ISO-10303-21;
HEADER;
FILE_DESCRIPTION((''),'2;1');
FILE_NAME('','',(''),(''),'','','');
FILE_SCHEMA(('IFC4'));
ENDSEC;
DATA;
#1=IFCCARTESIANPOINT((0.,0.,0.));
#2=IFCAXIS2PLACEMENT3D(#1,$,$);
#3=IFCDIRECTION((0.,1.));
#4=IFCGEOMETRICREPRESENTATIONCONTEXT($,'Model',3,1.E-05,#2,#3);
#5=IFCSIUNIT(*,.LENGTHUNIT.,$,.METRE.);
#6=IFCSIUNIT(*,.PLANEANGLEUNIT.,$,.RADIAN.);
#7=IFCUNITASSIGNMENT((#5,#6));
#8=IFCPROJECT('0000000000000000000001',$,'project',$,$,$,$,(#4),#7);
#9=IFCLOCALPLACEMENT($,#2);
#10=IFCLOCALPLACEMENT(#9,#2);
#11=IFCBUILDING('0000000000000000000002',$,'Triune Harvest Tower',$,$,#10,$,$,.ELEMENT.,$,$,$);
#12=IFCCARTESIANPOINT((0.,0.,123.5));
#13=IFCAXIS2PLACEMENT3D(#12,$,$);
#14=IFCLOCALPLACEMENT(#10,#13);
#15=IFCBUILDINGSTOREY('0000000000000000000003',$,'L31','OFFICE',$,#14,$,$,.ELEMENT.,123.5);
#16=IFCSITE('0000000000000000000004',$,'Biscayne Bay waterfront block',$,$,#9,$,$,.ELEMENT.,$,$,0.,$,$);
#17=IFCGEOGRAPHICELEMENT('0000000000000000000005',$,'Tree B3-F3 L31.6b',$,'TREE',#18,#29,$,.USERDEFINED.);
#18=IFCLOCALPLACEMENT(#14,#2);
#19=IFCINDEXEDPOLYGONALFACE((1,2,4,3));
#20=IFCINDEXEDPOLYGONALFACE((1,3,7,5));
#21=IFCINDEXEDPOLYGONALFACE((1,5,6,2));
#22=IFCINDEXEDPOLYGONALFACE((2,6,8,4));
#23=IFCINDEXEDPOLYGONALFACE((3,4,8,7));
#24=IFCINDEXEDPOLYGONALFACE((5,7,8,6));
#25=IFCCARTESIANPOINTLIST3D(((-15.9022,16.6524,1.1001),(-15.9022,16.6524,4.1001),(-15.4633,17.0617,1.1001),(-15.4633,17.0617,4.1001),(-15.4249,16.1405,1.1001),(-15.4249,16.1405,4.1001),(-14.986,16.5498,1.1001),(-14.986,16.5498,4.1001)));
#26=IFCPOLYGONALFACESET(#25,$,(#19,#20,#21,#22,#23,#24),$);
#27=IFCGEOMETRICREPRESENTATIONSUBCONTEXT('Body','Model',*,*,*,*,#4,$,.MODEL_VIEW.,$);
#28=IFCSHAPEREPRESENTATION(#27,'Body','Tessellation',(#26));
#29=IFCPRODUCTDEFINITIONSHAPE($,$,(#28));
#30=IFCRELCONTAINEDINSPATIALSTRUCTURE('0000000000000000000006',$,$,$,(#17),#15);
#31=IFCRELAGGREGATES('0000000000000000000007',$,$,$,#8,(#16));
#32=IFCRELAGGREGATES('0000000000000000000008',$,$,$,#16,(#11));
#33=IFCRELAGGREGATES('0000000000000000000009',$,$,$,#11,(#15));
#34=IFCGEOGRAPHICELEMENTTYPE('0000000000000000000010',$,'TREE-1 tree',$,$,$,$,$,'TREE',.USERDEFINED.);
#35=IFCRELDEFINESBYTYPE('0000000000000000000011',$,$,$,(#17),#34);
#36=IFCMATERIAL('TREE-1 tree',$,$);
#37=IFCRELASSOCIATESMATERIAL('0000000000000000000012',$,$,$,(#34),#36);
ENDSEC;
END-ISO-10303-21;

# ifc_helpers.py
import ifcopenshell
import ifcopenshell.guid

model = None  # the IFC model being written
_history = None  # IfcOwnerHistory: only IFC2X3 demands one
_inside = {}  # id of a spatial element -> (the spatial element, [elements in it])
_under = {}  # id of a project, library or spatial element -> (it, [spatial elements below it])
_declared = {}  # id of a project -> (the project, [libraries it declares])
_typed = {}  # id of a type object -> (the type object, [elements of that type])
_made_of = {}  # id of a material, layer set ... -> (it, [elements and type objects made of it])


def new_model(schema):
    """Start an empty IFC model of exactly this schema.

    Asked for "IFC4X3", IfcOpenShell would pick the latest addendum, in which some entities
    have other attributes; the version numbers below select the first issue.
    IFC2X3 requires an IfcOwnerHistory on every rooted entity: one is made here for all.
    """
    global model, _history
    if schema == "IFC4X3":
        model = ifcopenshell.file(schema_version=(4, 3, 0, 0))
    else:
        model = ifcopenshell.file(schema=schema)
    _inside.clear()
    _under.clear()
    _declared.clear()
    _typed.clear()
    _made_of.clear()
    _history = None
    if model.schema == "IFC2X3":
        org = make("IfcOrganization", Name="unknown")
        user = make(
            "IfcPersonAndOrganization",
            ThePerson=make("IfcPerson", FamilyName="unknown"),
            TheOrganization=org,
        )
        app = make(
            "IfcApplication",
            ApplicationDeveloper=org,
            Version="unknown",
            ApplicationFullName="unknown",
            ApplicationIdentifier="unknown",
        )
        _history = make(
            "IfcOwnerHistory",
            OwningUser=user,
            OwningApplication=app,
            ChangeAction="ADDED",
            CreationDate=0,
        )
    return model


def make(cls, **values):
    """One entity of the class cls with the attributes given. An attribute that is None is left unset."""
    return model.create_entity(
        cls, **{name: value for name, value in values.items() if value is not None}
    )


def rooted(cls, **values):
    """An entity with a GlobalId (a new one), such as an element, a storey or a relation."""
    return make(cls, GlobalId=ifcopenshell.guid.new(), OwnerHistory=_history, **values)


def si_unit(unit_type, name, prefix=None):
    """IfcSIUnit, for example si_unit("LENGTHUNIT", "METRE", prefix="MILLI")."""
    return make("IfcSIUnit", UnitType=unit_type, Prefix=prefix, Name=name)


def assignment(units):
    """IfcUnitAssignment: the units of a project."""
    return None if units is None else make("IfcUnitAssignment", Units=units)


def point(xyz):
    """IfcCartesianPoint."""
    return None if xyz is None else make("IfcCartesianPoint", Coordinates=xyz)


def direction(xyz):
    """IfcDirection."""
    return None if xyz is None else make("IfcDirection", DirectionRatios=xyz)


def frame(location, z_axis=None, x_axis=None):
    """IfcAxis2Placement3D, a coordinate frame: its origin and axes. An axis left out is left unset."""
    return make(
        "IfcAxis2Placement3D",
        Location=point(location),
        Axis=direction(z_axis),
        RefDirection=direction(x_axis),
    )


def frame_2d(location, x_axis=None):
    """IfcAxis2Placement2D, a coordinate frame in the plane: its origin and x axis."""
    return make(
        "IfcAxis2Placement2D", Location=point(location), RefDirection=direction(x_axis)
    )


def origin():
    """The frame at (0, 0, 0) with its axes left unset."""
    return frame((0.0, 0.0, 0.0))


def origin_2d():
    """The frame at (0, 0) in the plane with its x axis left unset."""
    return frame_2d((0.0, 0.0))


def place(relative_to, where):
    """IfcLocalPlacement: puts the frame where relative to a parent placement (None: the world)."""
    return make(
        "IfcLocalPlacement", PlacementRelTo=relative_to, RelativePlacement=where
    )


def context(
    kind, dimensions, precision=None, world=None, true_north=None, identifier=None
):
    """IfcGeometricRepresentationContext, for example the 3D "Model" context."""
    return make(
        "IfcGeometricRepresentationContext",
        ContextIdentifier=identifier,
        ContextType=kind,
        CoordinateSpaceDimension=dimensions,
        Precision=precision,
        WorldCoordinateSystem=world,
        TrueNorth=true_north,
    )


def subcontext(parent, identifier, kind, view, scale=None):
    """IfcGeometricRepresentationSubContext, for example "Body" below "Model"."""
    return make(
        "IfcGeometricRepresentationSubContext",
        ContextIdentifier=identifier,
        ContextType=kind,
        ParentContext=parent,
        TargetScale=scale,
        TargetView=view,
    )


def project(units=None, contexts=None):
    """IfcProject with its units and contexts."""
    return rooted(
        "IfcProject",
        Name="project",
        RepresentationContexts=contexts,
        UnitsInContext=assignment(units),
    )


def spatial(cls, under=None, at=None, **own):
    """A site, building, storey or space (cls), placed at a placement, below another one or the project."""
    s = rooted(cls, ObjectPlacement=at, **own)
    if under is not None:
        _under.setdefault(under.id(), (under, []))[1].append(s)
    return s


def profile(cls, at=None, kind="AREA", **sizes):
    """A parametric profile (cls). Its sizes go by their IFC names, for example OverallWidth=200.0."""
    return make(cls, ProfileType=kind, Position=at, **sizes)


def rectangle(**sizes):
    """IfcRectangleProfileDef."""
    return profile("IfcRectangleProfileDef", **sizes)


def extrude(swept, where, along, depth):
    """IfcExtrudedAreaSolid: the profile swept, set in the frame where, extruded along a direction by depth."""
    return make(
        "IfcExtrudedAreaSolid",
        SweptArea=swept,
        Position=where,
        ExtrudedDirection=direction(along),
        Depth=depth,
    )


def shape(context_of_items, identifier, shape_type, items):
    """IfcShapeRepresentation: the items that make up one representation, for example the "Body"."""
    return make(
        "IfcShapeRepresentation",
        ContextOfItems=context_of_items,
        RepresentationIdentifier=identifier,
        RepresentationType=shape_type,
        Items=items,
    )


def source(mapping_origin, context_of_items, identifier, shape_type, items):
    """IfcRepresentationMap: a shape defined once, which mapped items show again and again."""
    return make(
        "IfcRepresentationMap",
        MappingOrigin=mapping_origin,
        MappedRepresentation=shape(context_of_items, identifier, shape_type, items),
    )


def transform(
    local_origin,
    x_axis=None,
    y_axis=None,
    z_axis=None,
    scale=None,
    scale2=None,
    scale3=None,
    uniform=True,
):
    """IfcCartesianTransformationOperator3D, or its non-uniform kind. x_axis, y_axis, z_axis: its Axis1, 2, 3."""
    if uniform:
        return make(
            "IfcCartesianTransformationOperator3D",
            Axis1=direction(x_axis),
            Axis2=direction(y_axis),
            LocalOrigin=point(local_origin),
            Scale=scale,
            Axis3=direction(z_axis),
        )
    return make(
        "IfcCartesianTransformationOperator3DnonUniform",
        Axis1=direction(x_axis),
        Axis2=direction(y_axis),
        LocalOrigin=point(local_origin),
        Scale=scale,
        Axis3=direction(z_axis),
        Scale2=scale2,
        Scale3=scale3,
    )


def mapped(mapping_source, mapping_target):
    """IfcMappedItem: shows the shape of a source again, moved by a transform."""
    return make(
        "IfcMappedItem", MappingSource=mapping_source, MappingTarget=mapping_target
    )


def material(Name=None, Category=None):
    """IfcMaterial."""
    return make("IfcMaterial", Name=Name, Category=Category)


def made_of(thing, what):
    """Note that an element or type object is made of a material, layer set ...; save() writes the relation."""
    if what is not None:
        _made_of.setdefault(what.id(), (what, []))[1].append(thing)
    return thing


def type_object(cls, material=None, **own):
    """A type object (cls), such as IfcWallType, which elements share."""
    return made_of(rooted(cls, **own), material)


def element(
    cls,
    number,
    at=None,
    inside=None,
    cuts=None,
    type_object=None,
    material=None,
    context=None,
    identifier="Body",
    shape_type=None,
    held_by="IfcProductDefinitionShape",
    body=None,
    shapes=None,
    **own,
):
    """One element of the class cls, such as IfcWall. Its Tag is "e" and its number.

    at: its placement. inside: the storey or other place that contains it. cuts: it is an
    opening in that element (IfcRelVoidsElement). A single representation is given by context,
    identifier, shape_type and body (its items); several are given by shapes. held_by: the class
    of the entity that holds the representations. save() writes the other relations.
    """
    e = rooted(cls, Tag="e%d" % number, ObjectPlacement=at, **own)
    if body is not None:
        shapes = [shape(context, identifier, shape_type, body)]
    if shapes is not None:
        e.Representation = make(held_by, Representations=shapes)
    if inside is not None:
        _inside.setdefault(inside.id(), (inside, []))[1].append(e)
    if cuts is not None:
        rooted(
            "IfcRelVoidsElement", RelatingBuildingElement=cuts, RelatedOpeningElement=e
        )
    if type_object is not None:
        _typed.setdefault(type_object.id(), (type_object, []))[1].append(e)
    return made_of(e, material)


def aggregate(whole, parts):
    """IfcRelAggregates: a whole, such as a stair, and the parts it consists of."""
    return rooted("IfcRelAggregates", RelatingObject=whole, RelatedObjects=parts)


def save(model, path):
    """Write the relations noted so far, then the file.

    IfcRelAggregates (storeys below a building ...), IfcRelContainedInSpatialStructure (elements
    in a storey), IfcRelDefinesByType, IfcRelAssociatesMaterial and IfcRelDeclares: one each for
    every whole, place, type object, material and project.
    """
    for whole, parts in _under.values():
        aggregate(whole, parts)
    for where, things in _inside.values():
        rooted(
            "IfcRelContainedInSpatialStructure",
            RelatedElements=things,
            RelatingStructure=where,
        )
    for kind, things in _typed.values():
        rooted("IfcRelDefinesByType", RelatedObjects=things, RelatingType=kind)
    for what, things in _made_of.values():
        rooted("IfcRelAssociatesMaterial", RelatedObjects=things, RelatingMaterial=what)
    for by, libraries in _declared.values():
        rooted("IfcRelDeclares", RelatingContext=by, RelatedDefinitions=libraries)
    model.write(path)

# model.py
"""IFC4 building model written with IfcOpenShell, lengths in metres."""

from ifc_helpers import new_model, si_unit, direction, frame, origin, origin_2d, place, context, subcontext, project, spatial, rectangle, extrude, source, transform, mapped, material, type_object, element, save


model = new_model("IFC4")

# Units and contexts
model_context = context("Model", 3, precision=1e-05, world=origin(), true_north=direction((0.0, 1.0)))
body_context = subcontext(model_context, "Body", "Model", "MODEL_VIEW")
ifc_project = project(units=[si_unit("LENGTHUNIT", "METRE"), si_unit("PLANEANGLEUNIT", "RADIAN")], contexts=[model_context])

# Site, building, storey
site_placement = place(None, origin())
site = spatial("IfcSite", under=ifc_project, at=site_placement, Name="Biscayne Bay waterfront block", CompositionType="ELEMENT", RefElevation=0.0)
building_placement = place(site_placement, origin())
building = spatial("IfcBuilding", under=site, at=building_placement, Name="Triune Harvest Tower", CompositionType="ELEMENT")
storey_placement = place(building_placement, frame((0.0, 0.0, 123.5)))
storey = spatial("IfcBuildingStorey", under=building, at=storey_placement, Name="L31", Description="OFFICE", CompositionType="ELEMENT", Elevation=123.5)

# Geographic element
ifc_material_1 = material(Name="TREE-1 tree")
geographic_element_type = type_object("IfcGeographicElementType", Name="TREE-1 tree", ElementType="TREE", PredefinedType="USERDEFINED", material=ifc_material_1)
shared_shape_1 = source(origin(), body_context, "Body", "SweptSolid", [
    extrude(rectangle(XDim=0.6001, YDim=0.7, at=origin_2d()), origin(), (0.0, 0.0, 1.0), 3.0),
])
geographic_element_placement = place(storey_placement, frame((-15.4441, 16.6011, 1.1001), z_axis=(0.0, 0.0, 1.0), x_axis=(-0.731353, -0.681999, 0.0)))
element("IfcGeographicElement", 1, at=geographic_element_placement, inside=storey, type_object=geographic_element_type, Name="Tree B3-F3 L31.6b", ObjectType="TREE", PredefinedType="USERDEFINED", context=body_context, shape_type="MappedRepresentation", body=[
    mapped(shared_shape_1, transform((0.0, 0.0, 0.0), scale=1.0)),
])

save(model, "model.ifc")
